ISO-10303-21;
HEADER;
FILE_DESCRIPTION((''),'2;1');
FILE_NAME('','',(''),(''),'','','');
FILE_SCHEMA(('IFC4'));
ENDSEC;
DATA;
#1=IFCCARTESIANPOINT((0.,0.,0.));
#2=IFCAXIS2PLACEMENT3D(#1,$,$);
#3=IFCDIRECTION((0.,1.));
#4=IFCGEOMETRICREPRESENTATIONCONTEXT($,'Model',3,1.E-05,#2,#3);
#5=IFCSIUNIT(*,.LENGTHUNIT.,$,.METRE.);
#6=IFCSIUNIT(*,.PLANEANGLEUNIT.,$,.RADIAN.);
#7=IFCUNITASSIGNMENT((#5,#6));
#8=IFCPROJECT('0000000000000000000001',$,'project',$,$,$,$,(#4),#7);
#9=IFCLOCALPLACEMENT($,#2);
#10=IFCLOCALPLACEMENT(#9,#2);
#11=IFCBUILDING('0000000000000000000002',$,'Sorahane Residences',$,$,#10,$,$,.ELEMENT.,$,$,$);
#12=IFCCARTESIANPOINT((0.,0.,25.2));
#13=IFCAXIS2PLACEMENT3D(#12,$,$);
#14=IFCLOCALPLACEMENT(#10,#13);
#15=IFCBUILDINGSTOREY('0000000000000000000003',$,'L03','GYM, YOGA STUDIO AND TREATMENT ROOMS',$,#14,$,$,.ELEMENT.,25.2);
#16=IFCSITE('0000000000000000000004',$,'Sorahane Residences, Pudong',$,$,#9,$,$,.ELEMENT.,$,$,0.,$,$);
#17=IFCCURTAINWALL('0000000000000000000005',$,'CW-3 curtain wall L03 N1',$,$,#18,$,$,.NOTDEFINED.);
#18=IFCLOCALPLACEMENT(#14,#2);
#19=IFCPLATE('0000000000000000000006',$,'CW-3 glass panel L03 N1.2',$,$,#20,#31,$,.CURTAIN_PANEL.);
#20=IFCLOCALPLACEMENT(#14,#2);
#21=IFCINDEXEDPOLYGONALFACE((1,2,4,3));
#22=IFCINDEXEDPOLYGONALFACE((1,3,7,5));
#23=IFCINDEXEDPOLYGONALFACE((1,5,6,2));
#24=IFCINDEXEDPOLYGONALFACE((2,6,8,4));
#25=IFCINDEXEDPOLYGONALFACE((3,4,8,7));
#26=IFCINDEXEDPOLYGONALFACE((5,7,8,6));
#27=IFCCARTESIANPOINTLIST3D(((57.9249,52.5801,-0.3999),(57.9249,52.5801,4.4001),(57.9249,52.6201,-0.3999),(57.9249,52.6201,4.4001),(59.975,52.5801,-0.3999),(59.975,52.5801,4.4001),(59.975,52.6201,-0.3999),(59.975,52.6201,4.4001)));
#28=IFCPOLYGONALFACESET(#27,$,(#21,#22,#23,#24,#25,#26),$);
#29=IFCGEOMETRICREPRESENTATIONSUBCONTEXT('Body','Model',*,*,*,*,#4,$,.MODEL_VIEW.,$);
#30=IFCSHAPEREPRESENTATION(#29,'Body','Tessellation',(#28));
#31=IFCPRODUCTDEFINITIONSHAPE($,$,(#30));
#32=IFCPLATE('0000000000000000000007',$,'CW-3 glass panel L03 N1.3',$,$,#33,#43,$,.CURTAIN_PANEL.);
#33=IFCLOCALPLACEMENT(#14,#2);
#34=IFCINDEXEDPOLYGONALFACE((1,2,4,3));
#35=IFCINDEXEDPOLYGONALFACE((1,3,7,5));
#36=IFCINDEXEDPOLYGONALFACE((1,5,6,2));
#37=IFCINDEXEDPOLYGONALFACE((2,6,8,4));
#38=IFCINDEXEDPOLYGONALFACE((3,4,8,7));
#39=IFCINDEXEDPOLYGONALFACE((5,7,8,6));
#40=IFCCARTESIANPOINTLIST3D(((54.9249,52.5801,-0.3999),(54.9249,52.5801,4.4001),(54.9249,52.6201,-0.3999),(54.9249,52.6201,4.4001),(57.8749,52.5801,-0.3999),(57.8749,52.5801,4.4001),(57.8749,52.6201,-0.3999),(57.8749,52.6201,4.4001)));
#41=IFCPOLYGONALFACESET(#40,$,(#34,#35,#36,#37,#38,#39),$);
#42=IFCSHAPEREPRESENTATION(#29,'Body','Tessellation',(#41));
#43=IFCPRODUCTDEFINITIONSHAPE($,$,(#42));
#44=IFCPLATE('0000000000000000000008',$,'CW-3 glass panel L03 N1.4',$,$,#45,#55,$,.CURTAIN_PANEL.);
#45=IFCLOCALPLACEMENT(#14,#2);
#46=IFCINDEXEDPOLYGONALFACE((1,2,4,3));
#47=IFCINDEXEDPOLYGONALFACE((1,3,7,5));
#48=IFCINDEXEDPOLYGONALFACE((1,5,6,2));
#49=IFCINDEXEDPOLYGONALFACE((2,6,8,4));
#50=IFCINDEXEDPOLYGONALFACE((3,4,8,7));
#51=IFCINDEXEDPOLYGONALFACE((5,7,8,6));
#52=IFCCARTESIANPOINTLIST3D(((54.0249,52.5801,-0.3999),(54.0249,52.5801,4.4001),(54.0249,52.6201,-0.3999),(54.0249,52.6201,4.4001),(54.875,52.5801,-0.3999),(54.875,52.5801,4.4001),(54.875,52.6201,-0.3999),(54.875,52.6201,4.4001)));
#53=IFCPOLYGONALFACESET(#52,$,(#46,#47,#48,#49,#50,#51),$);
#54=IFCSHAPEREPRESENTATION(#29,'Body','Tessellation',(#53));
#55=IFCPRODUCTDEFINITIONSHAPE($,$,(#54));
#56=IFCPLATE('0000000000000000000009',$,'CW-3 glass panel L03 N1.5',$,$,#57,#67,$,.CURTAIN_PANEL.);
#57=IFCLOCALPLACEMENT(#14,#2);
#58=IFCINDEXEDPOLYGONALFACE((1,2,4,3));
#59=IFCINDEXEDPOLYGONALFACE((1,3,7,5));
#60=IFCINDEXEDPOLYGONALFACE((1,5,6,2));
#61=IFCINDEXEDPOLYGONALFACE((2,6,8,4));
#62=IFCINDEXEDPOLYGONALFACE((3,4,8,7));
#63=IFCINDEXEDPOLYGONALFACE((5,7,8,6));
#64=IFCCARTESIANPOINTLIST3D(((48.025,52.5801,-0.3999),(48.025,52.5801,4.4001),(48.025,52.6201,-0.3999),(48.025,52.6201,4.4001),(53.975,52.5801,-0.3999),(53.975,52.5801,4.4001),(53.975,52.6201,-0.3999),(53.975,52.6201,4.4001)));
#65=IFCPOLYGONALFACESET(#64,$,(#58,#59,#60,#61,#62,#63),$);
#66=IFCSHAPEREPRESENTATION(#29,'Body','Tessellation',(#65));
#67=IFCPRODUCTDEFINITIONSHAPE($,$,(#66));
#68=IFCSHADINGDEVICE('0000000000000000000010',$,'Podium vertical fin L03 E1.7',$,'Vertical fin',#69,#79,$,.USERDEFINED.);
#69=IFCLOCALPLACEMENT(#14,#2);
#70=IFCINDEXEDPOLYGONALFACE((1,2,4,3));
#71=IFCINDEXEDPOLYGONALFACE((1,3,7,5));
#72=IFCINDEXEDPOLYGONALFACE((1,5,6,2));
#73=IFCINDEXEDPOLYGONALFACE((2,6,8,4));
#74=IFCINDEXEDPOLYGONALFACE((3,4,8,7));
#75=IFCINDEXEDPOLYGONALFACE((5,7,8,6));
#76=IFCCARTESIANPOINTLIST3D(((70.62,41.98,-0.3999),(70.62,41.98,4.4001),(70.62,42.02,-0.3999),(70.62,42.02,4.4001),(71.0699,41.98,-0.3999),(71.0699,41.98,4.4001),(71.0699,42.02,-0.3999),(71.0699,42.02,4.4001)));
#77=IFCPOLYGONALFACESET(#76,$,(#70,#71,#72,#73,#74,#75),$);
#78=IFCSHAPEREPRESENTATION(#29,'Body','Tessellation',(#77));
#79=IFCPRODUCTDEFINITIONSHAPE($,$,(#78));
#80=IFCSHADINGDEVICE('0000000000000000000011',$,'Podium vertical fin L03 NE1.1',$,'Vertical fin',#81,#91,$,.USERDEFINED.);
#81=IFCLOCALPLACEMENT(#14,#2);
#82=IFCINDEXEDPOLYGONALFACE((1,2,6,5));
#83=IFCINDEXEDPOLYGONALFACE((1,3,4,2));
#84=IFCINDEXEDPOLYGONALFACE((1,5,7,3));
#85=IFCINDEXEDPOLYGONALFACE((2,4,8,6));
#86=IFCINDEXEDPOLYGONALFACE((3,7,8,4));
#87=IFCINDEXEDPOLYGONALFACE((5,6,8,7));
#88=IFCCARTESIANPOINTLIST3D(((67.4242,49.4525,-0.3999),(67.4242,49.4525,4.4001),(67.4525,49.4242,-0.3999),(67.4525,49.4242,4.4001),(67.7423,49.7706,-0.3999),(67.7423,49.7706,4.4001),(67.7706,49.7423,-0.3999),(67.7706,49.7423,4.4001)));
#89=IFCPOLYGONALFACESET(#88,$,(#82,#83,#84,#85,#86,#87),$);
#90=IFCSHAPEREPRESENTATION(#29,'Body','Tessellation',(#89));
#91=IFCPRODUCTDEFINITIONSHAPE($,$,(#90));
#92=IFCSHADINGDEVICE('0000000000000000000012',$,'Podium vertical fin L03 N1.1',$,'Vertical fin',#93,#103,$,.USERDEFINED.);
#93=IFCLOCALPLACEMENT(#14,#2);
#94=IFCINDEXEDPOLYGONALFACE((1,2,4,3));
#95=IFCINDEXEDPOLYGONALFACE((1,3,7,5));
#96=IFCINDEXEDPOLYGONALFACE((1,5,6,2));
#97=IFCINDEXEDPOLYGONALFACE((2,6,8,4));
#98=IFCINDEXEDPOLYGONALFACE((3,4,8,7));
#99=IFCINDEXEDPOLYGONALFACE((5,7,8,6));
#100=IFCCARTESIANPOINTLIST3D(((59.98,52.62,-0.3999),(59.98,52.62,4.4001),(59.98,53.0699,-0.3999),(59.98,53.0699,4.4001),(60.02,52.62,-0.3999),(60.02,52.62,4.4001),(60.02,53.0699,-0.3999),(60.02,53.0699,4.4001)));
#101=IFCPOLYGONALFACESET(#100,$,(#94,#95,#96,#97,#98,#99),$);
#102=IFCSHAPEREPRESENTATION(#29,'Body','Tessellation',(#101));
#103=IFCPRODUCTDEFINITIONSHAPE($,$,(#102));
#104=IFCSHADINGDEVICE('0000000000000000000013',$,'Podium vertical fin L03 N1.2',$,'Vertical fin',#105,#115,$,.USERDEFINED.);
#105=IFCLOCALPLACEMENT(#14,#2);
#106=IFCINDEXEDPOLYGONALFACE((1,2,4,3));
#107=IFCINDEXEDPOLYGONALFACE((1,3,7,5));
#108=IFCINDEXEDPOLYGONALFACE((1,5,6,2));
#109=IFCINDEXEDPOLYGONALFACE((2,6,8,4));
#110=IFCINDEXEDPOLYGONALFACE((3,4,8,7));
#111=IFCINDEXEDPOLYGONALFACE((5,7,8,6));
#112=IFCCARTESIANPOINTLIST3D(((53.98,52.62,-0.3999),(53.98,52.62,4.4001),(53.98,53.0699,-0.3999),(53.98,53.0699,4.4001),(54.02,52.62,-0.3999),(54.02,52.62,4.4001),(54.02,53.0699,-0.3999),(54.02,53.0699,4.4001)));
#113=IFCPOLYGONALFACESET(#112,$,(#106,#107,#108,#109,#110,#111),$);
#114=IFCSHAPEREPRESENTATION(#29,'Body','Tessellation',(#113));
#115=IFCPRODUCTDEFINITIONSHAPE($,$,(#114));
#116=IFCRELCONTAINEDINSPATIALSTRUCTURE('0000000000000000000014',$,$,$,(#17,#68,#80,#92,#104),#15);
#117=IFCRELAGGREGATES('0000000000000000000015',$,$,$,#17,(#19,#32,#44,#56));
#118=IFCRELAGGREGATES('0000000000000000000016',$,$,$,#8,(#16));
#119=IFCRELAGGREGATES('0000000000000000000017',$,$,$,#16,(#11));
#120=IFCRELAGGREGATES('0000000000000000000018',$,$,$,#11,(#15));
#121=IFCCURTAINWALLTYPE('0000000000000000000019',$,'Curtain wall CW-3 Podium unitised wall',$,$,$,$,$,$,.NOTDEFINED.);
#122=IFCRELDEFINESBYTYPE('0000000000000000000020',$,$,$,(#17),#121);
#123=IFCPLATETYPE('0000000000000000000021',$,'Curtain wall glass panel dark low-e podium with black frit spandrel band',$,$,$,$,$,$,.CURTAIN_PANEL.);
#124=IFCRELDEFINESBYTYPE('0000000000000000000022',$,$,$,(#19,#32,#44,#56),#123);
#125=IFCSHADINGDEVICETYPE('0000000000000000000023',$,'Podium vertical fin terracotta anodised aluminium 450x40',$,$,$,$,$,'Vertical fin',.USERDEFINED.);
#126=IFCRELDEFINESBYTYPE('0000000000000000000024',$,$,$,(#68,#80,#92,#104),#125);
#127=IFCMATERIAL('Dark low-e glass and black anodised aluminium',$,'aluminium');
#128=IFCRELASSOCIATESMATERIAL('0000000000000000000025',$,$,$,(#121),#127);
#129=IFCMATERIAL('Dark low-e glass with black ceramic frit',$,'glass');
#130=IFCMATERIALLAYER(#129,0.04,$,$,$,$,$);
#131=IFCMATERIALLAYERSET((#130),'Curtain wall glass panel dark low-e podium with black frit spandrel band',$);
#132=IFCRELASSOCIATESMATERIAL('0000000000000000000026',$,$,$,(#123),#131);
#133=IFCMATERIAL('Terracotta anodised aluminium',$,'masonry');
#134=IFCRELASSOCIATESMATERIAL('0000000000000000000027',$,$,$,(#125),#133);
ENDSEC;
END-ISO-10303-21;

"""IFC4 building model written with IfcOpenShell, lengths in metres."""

from ifc_helpers import new_model, si_unit, direction, frame, origin, origin_2d, place, context, subcontext, project, spatial, rectangle, extrude, material, layer, layer_set, material_profile, profile_set, type_object, element, aggregate, save


model = new_model("IFC4")

# Units and contexts
model_context = context("Model", 3, precision=1e-05, world=origin(), true_north=direction((0.0, 1.0)))
body_context = subcontext(model_context, "Body", "Model", "MODEL_VIEW")
ifc_project = project(units=[si_unit("LENGTHUNIT", "METRE"), si_unit("PLANEANGLEUNIT", "RADIAN")], contexts=[model_context])

# Site, building, storey
site_placement = place(None, origin())
site = spatial("IfcSite", under=ifc_project, at=site_placement, Name="Sorahane Residences, Pudong", CompositionType="ELEMENT", RefElevation=0.0)
building_placement = place(site_placement, origin())
building = spatial("IfcBuilding", under=site, at=building_placement, Name="Sorahane Residences", CompositionType="ELEMENT")
storey_placement = place(building_placement, frame((0.0, 0.0, 25.2)))
storey = spatial("IfcBuildingStorey", under=building, at=storey_placement, Name="L03", Description="GYM, YOGA STUDIO AND TREATMENT ROOMS", CompositionType="ELEMENT", Elevation=25.2)

# Curtain wall
ifc_material_1 = material(Name="Dark low-e glass and black anodised aluminium", Category="aluminium")
curtain_wall_type = type_object("IfcCurtainWallType", Name="Curtain wall CW-3 Podium unitised wall", PredefinedType="NOTDEFINED", material=ifc_material_1)
curtain_wall_1_placement = place(storey_placement, origin())
curtain_wall_1 = element("IfcCurtainWall", 1, at=curtain_wall_1_placement, inside=storey, type_object=curtain_wall_type, Name="CW-3 curtain wall L03 N1", PredefinedType="NOTDEFINED")

# Plates
ifc_material_2 = material(Name="Dark low-e glass with black ceramic frit", Category="glass")
ifc_layer = layer(ifc_material_2, 0.04)
ifc_layer_set = layer_set([ifc_layer], Name="Curtain wall glass panel dark low-e podium with black frit spandrel band")
plate_type = type_object("IfcPlateType", Name="Curtain wall glass panel dark low-e podium with black frit spandrel band", PredefinedType="CURTAIN_PANEL", material=ifc_layer_set)
plate_1_placement = place(storey_placement, frame((58.95, 52.6001, -0.3999), z_axis=(0.0, 0.0, 1.0), x_axis=(-1.0, 0.0, 0.0)))
plate_1 = element("IfcPlate", 2, at=plate_1_placement, type_object=plate_type, Name="CW-3 glass panel L03 N1.2", PredefinedType="CURTAIN_PANEL", context=body_context, shape_type="SweptSolid", body=[
    extrude(rectangle(XDim=2.05, YDim=0.04, at=origin_2d()), origin(), (0.0, 0.0, 1.0), 4.8),
])
plate_2_placement = place(storey_placement, frame((56.3999, 52.6001, -0.3999), z_axis=(0.0, 0.0, 1.0), x_axis=(-1.0, 0.0, 0.0)))
plate_2 = element("IfcPlate", 3, at=plate_2_placement, type_object=plate_type, Name="CW-3 glass panel L03 N1.3", PredefinedType="CURTAIN_PANEL", context=body_context, shape_type="SweptSolid", body=[
    extrude(rectangle(XDim=2.95, YDim=0.04, at=origin_2d()), origin(), (0.0, 0.0, 1.0), 4.8),
])
plate_3_placement = place(storey_placement, frame((54.45, 52.6001, -0.3999), z_axis=(0.0, 0.0, 1.0), x_axis=(-1.0, 0.0, 0.0)))
plate_3 = element("IfcPlate", 4, at=plate_3_placement, type_object=plate_type, Name="CW-3 glass panel L03 N1.4", PredefinedType="CURTAIN_PANEL", context=body_context, shape_type="SweptSolid", body=[
    extrude(rectangle(XDim=0.8501, YDim=0.04, at=origin_2d()), origin(), (0.0, 0.0, 1.0), 4.8),
])
plate_4_placement = place(storey_placement, frame((51.0, 52.6001, -0.3999), z_axis=(0.0, 0.0, 1.0), x_axis=(-1.0, 0.0, 0.0)))
plate_4 = element("IfcPlate", 5, at=plate_4_placement, type_object=plate_type, Name="CW-3 glass panel L03 N1.5", PredefinedType="CURTAIN_PANEL", context=body_context, shape_type="SweptSolid", body=[
    extrude(rectangle(XDim=5.95, YDim=0.04, at=origin_2d()), origin(), (0.0, 0.0, 1.0), 4.8),
])
aggregate(curtain_wall_1, [plate_1, plate_2, plate_3, plate_4])

# Shading devices
ifc_material_3 = material(Name="Terracotta anodised aluminium", Category="masonry")
ifc_material_profile_1 = material_profile(ifc_material_3, rectangle(XDim=0.45, YDim=0.04, at=origin_2d()), Name="Podium vertical fin terracotta anodised aluminium 450x40")
ifc_profile_set_1 = profile_set([ifc_material_profile_1], Name="Terracotta anodised aluminium")
shading_device_type = type_object("IfcShadingDeviceType", Name="Podium vertical fin terracotta anodised aluminium 450x40", ElementType="Vertical fin", PredefinedType="USERDEFINED", material=ifc_profile_set_1)
for number, where, z_axis, x_axis, name in (
    (6, (70.845, 42.0, -0.3999), (0.0, 0.0, 1.0), (1.0, 0.0, 0.0), "Podium vertical fin L03 E1.7"),
    (7, (67.5974, 49.5974, -0.3999), (0.0, 0.0, 1.0), (0.707107, 0.707107, 0.0), "Podium vertical fin L03 NE1.1"),
    (8, (60.0, 52.845, -0.3999), (0.0, 0.0, 1.0), (0.0, 1.0, 0.0), "Podium vertical fin L03 N1.1"),
    (9, (54.0, 52.845, -0.3999), (0.0, 0.0, 1.0), (0.0, 1.0, 0.0), "Podium vertical fin L03 N1.2"),
):
    element("IfcShadingDevice", number, at=place(storey_placement, frame(where, z_axis=z_axis, x_axis=x_axis)), inside=storey, type_object=shading_device_type, Name=name, ObjectType="Vertical fin", PredefinedType="USERDEFINED", context=body_context, shape_type="SweptSolid", body=[
        extrude(rectangle(XDim=0.45, YDim=0.04, at=origin_2d()), origin(), (0.0, 0.0, 1.0), 4.8),
    ])

save(model, "model.ifc")
